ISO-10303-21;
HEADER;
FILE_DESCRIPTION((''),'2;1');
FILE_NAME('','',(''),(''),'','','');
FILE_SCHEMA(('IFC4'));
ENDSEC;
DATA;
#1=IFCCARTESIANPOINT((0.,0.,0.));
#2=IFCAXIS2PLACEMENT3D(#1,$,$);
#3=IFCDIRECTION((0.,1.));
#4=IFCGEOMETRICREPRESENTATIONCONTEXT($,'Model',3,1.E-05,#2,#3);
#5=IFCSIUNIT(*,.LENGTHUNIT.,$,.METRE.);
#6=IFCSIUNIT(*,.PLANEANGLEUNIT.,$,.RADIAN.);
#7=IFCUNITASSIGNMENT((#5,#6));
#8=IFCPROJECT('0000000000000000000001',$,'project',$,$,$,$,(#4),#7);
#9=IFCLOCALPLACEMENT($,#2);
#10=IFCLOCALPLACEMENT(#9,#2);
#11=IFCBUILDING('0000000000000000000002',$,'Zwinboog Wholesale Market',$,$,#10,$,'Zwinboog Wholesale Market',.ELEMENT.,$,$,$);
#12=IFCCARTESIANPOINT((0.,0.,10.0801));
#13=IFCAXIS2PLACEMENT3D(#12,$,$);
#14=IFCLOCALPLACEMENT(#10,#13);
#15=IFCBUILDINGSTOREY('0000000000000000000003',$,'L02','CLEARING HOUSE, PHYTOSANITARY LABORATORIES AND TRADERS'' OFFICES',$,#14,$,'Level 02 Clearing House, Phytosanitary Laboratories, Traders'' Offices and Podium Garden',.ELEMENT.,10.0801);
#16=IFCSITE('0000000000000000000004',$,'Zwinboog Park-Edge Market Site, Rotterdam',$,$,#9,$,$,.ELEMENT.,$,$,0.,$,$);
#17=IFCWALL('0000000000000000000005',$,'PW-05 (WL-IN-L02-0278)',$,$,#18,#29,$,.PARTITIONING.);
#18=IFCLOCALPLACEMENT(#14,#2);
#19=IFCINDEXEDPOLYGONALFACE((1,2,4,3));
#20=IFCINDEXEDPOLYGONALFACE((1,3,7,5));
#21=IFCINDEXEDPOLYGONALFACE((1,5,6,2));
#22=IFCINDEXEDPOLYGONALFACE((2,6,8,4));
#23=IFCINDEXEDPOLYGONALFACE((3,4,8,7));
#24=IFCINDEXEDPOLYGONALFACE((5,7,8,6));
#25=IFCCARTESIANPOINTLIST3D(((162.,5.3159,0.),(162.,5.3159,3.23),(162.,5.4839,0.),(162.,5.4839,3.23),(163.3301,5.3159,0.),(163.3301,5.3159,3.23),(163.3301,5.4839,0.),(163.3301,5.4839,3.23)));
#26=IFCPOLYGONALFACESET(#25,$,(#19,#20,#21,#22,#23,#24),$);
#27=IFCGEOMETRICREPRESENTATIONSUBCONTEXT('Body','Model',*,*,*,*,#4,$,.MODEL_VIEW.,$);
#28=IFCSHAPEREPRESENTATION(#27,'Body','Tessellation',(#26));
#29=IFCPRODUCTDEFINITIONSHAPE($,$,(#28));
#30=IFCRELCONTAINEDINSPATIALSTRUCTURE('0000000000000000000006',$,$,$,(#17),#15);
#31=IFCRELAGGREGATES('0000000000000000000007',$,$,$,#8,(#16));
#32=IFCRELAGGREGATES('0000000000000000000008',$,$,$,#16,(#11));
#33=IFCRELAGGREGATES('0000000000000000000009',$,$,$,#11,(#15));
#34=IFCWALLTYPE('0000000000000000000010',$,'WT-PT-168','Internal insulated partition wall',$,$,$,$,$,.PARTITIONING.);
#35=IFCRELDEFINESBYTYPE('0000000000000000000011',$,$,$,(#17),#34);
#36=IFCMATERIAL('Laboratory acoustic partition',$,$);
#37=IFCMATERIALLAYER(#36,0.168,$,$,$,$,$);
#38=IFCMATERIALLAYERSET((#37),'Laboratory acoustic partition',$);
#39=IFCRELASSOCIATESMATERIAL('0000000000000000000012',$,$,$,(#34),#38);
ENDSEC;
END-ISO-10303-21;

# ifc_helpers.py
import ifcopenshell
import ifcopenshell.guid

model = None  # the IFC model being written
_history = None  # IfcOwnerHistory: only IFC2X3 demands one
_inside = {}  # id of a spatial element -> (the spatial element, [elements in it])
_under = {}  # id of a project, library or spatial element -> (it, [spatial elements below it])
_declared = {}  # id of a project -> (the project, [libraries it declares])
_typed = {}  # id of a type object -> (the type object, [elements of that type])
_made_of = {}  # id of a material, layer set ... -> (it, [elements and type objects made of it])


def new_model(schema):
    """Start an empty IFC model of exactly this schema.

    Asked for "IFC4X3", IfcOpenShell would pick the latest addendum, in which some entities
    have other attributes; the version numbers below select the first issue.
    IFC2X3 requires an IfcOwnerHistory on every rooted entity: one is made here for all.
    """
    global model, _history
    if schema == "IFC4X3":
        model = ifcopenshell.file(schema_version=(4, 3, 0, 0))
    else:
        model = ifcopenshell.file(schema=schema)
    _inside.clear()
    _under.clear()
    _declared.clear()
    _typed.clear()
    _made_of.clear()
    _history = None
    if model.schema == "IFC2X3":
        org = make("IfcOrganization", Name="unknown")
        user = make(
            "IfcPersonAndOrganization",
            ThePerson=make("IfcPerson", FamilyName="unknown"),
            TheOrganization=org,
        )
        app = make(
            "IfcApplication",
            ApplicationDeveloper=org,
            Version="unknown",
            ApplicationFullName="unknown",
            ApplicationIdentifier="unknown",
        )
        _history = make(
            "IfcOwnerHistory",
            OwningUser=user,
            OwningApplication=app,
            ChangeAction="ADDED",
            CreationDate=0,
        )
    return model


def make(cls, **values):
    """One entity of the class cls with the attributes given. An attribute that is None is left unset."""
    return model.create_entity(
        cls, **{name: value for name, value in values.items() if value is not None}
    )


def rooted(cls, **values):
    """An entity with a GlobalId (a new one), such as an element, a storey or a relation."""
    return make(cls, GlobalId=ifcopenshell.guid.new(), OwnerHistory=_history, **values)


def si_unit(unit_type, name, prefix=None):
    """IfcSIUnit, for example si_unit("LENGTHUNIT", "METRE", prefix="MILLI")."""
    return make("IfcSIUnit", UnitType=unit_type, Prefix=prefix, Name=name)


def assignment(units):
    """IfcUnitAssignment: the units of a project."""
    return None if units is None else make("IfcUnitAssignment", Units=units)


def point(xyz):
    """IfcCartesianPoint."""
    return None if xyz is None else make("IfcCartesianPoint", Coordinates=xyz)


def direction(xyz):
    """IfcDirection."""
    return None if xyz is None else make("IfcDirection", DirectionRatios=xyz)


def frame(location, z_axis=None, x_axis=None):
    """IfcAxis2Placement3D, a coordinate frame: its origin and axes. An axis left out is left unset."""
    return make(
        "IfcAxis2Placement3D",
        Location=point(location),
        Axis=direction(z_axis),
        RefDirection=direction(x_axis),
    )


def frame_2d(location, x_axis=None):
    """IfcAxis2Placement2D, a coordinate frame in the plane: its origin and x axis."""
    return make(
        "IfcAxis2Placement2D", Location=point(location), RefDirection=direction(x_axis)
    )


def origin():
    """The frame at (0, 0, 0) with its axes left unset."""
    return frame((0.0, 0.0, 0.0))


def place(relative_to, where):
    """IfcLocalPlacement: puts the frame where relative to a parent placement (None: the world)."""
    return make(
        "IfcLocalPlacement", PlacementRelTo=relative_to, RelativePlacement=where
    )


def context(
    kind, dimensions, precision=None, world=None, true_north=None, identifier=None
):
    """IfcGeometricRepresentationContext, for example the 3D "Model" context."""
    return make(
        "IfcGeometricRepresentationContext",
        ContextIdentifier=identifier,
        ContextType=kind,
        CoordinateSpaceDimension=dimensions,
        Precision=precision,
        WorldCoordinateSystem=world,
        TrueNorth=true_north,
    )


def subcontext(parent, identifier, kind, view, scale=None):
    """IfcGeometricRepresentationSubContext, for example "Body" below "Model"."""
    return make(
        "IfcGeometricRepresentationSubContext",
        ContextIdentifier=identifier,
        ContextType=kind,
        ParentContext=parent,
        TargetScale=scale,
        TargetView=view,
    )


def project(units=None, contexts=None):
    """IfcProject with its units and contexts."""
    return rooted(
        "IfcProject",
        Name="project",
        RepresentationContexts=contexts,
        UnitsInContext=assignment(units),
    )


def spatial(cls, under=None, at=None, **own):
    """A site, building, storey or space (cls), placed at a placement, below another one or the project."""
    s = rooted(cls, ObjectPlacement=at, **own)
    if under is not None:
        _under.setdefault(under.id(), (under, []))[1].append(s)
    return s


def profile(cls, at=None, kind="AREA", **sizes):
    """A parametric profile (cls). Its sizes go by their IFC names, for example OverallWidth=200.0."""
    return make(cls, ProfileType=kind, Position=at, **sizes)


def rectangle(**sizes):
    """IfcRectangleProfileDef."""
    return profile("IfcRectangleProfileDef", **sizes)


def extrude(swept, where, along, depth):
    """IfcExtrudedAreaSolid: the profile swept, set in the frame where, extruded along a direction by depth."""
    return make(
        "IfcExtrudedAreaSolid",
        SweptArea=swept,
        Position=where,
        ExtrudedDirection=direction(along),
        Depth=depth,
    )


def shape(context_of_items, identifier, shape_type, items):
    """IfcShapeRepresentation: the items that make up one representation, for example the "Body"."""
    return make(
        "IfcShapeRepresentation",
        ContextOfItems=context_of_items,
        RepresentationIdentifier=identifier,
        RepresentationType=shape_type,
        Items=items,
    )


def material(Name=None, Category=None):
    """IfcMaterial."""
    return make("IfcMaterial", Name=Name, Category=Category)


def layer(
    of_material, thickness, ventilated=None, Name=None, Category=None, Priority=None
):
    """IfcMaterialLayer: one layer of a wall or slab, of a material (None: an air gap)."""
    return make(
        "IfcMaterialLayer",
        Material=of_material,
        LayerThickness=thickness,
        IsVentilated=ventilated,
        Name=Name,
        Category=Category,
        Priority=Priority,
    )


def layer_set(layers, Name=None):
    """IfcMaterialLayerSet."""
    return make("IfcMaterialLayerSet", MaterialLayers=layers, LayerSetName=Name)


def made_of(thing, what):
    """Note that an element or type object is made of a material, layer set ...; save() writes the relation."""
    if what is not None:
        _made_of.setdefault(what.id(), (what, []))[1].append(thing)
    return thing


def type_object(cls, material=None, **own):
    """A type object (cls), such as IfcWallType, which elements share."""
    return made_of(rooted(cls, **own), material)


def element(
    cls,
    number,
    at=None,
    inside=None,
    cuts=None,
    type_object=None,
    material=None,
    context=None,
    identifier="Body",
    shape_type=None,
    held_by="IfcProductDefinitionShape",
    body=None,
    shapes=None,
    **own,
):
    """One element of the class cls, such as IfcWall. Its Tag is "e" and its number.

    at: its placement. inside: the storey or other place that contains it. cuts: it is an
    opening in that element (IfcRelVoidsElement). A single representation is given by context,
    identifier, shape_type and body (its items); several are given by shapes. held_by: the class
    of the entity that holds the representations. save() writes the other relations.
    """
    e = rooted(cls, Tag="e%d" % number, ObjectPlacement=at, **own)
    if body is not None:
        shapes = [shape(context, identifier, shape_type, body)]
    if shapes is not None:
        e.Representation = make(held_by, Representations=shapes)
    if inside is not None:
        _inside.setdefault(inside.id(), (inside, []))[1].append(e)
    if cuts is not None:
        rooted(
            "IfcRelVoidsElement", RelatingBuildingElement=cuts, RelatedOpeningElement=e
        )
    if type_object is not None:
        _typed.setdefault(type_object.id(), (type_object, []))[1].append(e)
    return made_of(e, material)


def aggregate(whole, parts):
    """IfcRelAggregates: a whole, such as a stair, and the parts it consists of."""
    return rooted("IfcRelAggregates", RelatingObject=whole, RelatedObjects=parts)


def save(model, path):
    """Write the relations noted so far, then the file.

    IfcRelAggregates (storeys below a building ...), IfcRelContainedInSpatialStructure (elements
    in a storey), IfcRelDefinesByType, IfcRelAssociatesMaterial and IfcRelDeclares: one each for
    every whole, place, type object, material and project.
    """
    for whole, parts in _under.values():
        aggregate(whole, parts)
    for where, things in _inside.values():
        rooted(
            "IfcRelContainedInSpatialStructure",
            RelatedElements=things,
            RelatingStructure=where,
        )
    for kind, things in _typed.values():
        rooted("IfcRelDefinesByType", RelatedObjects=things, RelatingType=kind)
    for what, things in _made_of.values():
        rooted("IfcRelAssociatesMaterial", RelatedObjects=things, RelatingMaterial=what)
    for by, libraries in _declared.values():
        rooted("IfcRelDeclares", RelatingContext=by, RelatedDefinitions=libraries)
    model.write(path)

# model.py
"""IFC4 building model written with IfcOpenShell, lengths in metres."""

from ifc_helpers import new_model, si_unit, direction, frame, frame_2d, origin, place, context, subcontext, project, spatial, rectangle, extrude, material, layer, layer_set, type_object, element, save


model = new_model("IFC4")

# Units and contexts
model_context = context("Model", 3, precision=1e-05, world=origin(), true_north=direction((0.0, 1.0)))
body_context = subcontext(model_context, "Body", "Model", "MODEL_VIEW")
ifc_project = project(units=[si_unit("LENGTHUNIT", "METRE"), si_unit("PLANEANGLEUNIT", "RADIAN")], contexts=[model_context])

# Site, building, storey
site_placement = place(None, origin())
site = spatial("IfcSite", under=ifc_project, at=site_placement, Name="Zwinboog Park-Edge Market Site, Rotterdam", CompositionType="ELEMENT", RefElevation=0.0)
building_placement = place(site_placement, origin())
building = spatial("IfcBuilding", under=site, at=building_placement, Name="Zwinboog Wholesale Market", LongName="Zwinboog Wholesale Market", CompositionType="ELEMENT")
storey_placement = place(building_placement, frame((0.0, 0.0, 10.0801)))
storey = spatial("IfcBuildingStorey", under=building, at=storey_placement, Name="L02", Description="CLEARING HOUSE, PHYTOSANITARY LABORATORIES AND TRADERS' OFFICES", LongName="Level 02 Clearing House, Phytosanitary Laboratories, Traders' Offices and Podium Garden", CompositionType="ELEMENT", Elevation=10.0801)

# Wall
ifc_material_1 = material(Name="Laboratory acoustic partition")
ifc_layer_1 = layer(ifc_material_1, 0.168)
ifc_layer_set_1 = layer_set([ifc_layer_1], Name="Laboratory acoustic partition")
wall_type_1 = type_object("IfcWallType", Name="WT-PT-168", Description="Internal insulated partition wall", PredefinedType="PARTITIONING", material=ifc_layer_set_1)
wall_1_placement = place(storey_placement, frame((162.0, 5.3999, 0.0), z_axis=(0.0, 0.0, 1.0), x_axis=(1.0, 0.0, 0.0)))
element("IfcWall", 1, at=wall_1_placement, inside=storey, type_object=wall_type_1, Name="PW-05 (WL-IN-L02-0278)", PredefinedType="PARTITIONING", context=body_context, shape_type="SweptSolid", body=[
    extrude(rectangle(XDim=1.3301, YDim=0.168, at=frame_2d((0.665, 0.0))), origin(), (0.0, 0.0, 1.0), 3.23),
])

save(model, "model.ifc")
